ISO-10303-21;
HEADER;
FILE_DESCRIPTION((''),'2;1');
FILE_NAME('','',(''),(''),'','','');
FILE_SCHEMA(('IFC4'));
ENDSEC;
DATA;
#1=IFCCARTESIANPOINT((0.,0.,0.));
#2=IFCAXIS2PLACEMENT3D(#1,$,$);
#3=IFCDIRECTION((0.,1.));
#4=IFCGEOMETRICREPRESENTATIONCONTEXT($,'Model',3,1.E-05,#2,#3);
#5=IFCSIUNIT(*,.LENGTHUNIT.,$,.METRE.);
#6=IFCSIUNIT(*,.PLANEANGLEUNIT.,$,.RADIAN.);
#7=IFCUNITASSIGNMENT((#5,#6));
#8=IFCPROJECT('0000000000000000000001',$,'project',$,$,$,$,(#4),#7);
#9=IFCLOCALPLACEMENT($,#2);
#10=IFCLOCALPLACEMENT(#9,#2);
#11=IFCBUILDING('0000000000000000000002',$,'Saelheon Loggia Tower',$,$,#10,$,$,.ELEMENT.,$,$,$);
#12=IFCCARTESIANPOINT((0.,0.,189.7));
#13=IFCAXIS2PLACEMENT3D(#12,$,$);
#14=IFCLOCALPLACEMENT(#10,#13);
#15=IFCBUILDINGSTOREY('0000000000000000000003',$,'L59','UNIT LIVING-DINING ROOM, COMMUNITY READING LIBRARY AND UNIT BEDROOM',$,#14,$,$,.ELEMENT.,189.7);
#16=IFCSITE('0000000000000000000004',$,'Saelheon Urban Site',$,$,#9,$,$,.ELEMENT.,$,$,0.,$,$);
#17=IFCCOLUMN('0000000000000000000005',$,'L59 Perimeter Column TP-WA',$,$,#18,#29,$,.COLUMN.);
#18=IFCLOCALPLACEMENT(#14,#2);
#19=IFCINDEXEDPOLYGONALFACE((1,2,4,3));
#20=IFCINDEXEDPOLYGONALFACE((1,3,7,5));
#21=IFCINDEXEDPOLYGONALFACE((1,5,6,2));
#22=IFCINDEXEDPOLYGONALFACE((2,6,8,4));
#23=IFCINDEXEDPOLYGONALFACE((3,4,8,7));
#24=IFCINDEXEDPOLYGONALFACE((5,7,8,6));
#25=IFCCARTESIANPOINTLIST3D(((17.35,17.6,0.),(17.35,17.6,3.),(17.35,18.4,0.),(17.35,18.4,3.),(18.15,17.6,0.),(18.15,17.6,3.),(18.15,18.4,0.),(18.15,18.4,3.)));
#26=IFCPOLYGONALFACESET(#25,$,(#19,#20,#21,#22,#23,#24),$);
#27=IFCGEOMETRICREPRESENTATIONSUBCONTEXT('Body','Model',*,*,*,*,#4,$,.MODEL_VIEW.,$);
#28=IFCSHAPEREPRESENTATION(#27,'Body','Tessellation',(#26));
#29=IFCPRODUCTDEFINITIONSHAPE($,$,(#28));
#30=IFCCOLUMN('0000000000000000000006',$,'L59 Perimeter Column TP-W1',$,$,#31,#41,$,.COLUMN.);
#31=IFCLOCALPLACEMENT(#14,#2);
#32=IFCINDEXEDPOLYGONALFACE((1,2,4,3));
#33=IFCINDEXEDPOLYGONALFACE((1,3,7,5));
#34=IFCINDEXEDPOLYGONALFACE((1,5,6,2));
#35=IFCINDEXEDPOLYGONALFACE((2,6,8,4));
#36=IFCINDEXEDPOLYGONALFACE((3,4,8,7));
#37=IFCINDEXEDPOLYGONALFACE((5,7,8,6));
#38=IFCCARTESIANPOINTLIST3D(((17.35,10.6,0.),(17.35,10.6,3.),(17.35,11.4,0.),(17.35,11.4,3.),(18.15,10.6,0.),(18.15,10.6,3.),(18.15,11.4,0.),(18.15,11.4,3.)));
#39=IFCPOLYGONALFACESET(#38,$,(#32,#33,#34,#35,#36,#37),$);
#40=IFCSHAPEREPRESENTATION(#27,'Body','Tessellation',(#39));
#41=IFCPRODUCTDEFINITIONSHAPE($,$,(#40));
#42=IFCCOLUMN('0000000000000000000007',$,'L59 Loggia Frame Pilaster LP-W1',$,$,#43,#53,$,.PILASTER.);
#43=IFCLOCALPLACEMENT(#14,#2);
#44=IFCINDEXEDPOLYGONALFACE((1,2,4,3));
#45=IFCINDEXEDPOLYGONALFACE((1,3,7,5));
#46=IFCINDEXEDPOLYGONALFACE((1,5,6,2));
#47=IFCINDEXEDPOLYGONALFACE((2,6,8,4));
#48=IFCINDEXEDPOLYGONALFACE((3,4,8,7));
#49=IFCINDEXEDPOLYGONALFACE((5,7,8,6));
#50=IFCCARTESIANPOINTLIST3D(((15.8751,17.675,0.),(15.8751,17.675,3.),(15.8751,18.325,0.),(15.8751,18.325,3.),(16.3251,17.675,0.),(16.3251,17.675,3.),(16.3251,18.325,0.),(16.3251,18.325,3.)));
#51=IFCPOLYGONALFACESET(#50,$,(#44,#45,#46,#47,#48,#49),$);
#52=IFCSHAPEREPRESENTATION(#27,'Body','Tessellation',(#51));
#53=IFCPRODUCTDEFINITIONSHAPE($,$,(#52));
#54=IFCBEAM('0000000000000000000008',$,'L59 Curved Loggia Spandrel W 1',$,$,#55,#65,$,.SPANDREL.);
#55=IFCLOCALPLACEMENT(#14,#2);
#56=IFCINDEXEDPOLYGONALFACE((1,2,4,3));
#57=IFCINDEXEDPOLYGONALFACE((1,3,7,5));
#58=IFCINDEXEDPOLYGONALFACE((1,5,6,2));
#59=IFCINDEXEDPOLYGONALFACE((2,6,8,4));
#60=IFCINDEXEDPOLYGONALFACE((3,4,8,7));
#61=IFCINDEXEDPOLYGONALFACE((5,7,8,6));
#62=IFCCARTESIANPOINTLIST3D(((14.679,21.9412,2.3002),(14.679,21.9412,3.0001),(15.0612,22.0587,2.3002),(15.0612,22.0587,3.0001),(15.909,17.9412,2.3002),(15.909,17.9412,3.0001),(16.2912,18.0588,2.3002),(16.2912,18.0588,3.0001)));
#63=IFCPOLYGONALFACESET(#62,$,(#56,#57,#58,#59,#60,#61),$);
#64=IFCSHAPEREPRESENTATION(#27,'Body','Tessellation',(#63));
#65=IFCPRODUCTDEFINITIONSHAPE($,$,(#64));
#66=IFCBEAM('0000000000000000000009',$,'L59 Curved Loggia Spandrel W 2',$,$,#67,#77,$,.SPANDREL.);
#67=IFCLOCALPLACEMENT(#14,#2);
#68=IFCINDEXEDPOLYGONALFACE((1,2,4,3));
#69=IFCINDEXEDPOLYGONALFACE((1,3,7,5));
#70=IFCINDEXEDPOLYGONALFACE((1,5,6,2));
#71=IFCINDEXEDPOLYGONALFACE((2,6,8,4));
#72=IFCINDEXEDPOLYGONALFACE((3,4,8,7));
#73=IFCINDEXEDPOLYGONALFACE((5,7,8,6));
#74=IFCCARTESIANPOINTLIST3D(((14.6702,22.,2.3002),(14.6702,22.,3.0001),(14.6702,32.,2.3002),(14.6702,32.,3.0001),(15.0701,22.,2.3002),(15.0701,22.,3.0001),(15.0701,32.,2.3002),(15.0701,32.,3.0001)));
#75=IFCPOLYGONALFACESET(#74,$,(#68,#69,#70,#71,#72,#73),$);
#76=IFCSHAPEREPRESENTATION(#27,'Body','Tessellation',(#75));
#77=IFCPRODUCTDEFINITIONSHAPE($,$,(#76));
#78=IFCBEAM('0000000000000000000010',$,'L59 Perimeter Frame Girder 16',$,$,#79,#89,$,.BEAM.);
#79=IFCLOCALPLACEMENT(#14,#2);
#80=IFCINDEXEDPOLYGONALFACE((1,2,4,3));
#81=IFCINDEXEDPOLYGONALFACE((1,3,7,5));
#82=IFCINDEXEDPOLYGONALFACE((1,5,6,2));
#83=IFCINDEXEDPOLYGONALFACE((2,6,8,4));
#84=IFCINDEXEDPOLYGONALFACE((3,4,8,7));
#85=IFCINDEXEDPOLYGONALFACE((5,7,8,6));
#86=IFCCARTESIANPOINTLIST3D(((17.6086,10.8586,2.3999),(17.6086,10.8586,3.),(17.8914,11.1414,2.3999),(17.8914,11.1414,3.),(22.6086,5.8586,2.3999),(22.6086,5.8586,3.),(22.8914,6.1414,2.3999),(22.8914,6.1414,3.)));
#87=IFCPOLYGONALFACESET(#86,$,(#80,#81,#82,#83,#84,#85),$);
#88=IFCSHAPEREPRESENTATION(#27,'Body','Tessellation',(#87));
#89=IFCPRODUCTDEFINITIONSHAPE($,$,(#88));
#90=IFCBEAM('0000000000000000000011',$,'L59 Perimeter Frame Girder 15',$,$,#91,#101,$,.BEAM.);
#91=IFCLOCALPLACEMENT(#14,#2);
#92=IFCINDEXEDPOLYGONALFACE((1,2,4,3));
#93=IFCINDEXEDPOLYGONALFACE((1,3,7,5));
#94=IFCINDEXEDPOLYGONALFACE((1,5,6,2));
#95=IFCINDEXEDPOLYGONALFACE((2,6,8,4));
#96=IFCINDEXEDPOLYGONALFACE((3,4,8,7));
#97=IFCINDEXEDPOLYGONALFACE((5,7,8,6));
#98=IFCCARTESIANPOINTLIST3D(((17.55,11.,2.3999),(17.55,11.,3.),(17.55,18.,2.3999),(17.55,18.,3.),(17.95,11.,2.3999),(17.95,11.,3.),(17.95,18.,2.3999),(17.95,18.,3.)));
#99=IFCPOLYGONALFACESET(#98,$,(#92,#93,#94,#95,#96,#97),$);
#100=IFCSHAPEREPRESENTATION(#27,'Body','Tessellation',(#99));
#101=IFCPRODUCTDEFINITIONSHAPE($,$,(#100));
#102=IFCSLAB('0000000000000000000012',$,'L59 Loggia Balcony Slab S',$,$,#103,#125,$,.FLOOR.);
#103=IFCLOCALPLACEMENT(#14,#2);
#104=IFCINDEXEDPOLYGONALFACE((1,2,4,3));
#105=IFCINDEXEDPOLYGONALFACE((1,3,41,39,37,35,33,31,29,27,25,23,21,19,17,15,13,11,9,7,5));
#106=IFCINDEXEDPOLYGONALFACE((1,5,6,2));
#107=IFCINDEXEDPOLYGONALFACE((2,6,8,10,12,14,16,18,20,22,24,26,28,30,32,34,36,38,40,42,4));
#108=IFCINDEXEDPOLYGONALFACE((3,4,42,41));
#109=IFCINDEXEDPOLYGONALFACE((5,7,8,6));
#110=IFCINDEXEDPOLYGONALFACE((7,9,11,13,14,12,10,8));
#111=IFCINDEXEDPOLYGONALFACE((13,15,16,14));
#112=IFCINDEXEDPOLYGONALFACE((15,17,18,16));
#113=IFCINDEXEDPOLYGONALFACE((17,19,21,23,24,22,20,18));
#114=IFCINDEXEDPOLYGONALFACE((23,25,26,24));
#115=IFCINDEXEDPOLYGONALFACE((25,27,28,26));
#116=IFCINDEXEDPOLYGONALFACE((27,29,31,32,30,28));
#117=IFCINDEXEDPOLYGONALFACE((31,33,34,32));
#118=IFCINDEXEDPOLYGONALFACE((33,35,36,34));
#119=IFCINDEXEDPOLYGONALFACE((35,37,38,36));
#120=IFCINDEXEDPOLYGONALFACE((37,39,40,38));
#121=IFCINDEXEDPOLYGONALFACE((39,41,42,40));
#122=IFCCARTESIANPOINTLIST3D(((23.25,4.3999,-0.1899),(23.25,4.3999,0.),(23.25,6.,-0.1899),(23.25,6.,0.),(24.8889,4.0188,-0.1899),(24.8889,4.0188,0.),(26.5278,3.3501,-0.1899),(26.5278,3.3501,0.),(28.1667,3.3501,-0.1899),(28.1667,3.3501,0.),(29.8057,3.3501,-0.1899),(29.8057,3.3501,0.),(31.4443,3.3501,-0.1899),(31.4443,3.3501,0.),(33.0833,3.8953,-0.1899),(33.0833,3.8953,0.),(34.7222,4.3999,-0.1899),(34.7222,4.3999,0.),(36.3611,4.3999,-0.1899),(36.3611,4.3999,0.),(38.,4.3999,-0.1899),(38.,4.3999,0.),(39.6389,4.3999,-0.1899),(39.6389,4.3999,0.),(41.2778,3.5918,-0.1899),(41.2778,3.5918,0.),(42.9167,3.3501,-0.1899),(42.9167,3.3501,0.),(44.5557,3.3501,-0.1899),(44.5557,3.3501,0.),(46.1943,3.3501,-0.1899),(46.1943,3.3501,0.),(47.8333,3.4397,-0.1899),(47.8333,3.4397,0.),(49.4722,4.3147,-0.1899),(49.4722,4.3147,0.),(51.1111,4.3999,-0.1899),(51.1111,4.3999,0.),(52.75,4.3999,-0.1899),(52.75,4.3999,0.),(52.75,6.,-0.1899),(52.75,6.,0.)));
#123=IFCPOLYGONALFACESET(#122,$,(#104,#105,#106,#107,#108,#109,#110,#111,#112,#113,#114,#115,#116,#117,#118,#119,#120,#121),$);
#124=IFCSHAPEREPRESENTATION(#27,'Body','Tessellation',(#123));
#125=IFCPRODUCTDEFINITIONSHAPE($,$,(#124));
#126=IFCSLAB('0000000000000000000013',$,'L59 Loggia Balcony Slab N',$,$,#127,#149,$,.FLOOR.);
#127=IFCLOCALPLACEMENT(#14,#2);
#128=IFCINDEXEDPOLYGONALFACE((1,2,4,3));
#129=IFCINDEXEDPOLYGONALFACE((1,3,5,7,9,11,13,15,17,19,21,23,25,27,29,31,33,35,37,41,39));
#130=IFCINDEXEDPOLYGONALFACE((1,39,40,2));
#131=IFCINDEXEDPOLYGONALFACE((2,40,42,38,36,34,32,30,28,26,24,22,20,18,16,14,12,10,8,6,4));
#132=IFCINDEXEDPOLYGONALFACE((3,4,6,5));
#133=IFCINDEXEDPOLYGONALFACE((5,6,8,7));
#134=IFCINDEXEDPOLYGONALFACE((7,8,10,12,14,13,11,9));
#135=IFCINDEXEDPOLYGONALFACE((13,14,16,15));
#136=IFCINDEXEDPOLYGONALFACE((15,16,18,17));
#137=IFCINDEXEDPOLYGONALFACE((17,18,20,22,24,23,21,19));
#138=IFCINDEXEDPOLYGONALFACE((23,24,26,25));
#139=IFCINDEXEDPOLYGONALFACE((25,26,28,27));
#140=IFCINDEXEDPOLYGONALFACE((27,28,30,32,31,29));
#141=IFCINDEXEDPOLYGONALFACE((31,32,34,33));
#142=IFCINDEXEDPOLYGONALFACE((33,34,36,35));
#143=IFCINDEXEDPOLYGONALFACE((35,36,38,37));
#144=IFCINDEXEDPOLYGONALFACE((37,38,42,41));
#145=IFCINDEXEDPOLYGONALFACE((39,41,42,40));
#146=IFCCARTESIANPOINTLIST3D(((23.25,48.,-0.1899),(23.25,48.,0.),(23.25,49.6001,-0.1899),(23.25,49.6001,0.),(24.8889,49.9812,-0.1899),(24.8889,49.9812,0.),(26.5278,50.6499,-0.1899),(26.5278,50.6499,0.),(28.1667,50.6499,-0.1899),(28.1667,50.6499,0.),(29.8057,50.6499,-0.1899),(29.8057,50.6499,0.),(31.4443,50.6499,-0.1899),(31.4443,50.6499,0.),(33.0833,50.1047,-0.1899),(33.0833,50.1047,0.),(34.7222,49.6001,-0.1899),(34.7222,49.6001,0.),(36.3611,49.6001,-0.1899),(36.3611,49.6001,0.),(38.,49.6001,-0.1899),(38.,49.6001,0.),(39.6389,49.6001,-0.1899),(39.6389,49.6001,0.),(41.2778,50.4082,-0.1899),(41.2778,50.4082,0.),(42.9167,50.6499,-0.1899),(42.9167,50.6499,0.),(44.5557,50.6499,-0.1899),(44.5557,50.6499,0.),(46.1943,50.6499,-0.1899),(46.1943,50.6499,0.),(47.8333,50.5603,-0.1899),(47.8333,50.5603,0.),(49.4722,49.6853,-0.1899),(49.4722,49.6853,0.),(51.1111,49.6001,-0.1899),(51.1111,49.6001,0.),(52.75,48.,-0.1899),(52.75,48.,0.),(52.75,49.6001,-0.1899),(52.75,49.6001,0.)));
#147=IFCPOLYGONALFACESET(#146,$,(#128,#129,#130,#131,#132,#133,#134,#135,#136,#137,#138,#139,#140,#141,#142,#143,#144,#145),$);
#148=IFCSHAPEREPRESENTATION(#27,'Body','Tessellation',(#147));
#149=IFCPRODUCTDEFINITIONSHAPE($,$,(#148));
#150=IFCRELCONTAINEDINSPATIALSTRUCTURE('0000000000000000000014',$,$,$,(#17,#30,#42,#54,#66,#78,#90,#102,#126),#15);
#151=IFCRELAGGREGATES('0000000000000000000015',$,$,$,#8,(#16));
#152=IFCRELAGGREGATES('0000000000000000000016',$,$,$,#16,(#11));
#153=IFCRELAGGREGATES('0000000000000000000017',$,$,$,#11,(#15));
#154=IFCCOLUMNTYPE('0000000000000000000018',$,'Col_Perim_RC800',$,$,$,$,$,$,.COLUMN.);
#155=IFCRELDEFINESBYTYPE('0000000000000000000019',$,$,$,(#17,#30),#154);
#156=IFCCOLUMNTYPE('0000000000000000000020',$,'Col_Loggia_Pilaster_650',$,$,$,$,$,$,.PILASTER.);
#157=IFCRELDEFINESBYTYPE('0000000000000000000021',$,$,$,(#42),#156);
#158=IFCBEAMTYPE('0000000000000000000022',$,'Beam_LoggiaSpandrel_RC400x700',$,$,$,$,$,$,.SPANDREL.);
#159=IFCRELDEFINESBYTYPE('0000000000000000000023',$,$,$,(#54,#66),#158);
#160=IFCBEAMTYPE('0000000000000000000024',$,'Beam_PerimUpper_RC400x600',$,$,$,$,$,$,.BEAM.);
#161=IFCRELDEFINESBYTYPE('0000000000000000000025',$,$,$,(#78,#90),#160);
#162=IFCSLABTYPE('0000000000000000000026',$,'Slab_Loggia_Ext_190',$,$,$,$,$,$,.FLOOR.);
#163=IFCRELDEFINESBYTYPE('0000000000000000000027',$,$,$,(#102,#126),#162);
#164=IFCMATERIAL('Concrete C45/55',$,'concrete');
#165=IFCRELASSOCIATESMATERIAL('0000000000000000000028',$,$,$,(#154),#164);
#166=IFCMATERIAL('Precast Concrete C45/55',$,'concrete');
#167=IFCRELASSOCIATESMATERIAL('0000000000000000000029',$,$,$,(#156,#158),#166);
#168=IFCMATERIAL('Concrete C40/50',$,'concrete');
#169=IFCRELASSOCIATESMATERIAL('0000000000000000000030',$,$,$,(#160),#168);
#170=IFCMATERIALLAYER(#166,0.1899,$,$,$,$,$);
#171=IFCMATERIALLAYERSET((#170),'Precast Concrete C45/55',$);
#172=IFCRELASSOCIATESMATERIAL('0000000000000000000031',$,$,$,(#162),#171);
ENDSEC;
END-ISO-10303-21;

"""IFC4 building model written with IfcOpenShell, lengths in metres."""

from ifc_helpers import new_model, si_unit, direction, frame, origin, origin_2d, place, context, subcontext, project, spatial, polyline, rectangle, outline, extrude, source, transform, mapped, material, layer, layer_set, material_profile, profile_set, type_object, element, save


model = new_model("IFC4")

# Units and contexts
model_context = context("Model", 3, precision=1e-05, world=origin(), true_north=direction((0.0, 1.0)))
body_context = subcontext(model_context, "Body", "Model", "MODEL_VIEW")
ifc_project = project(units=[si_unit("LENGTHUNIT", "METRE"), si_unit("PLANEANGLEUNIT", "RADIAN")], contexts=[model_context])

# Site, building, storey
site_placement = place(None, origin())
site = spatial("IfcSite", under=ifc_project, at=site_placement, Name="Saelheon Urban Site", CompositionType="ELEMENT", RefElevation=0.0)
building_placement = place(site_placement, origin())
building = spatial("IfcBuilding", under=site, at=building_placement, Name="Saelheon Loggia Tower", CompositionType="ELEMENT")
storey_placement = place(building_placement, frame((0.0, 0.0, 189.7)))
storey = spatial("IfcBuildingStorey", under=building, at=storey_placement, Name="L59", Description="UNIT LIVING-DINING ROOM, COMMUNITY READING LIBRARY AND UNIT BEDROOM", CompositionType="ELEMENT", Elevation=189.7)

# Columns
ifc_material_1 = material(Name="Concrete C45/55", Category="concrete")
ifc_material_profile_1 = material_profile(ifc_material_1, rectangle(XDim=0.8, YDim=0.8, at=origin_2d()), Name="RC-800x800")
ifc_profile_set_1 = profile_set([ifc_material_profile_1], Name="Concrete C45/55")
column_type_1 = type_object("IfcColumnType", Name="Col_Perim_RC800", PredefinedType="COLUMN", material=ifc_profile_set_1)
shared_shape_1 = source(origin(), body_context, "Body", "SweptSolid", [
    extrude(rectangle(XDim=0.8, YDim=0.8, at=origin_2d()), origin(), (0.0, 0.0, 1.0), 3.0),
])
for number, where, z_axis, x_axis, name in (
    (1, (17.75, 18.0, 0.0), (0.0, 0.0, 1.0), (1.0, 0.0, 0.0), "L59 Perimeter Column TP-WA"),
    (2, (17.75, 11.0, 0.0), (0.0, 0.0, 1.0), (1.0, 0.0, 0.0), "L59 Perimeter Column TP-W1"),
):
    element("IfcColumn", number, at=place(storey_placement, frame(where, z_axis=z_axis, x_axis=x_axis)), inside=storey, type_object=column_type_1, Name=name, PredefinedType="COLUMN", context=body_context, shape_type="MappedRepresentation", body=[
        mapped(shared_shape_1, transform((0.0, 0.0, 0.0), scale=1.0)),
    ])
ifc_material_2 = material(Name="Precast Concrete C45/55", Category="concrete")
ifc_material_profile_2 = material_profile(ifc_material_2, rectangle(XDim=0.45, YDim=0.6499, at=origin_2d()), Name="RC-450x650")
ifc_profile_set_2 = profile_set([ifc_material_profile_2], Name="Precast Concrete C45/55")
column_type_2 = type_object("IfcColumnType", Name="Col_Loggia_Pilaster_650", PredefinedType="PILASTER", material=ifc_profile_set_2)
shared_shape_2 = source(origin(), body_context, "Body", "SweptSolid", [
    extrude(rectangle(XDim=0.45, YDim=0.6499, at=origin_2d()), origin(), (0.0, 0.0, 1.0), 3.0),
])
column_placement = place(storey_placement, frame((16.1001, 18.0, 0.0), z_axis=(0.0, 0.0, 1.0), x_axis=(1.0, 0.0, 0.0)))
element("IfcColumn", 3, at=column_placement, inside=storey, type_object=column_type_2, Name="L59 Loggia Frame Pilaster LP-W1", PredefinedType="PILASTER", context=body_context, shape_type="MappedRepresentation", body=[
    mapped(shared_shape_2, transform((0.0, 0.0, 0.0), scale=1.0)),
])

# Beams
ifc_material_profile_3 = material_profile(ifc_material_2, rectangle(XDim=0.3999, YDim=0.7, at=origin_2d()), Name="RC-400x700")
ifc_profile_set_3 = profile_set([ifc_material_profile_3], Name="Precast Concrete C45/55")
beam_type_1 = type_object("IfcBeamType", Name="Beam_LoggiaSpandrel_RC400x700", PredefinedType="SPANDREL", material=ifc_profile_set_3)
shared_shape_3 = source(origin(), body_context, "Body", "SweptSolid", [
    extrude(rectangle(XDim=0.3999, YDim=0.7, at=origin_2d()), origin(), (0.0, 0.0, 1.0), 4.1848),
])
beam_1_placement = place(storey_placement, frame((16.1001, 18.0, 2.6501), z_axis=(-0.293914, 0.955832, 0.0), x_axis=(-0.955832, -0.293914, 0.0)))
element("IfcBeam", 4, at=beam_1_placement, inside=storey, type_object=beam_type_1, Name="L59 Curved Loggia Spandrel W 1", PredefinedType="SPANDREL", context=body_context, shape_type="MappedRepresentation", body=[
    mapped(shared_shape_3, transform((0.0, 0.0, 0.0), scale=1.0)),
])
shared_shape_4 = source(origin(), body_context, "Body", "SweptSolid", [
    extrude(rectangle(XDim=0.3999, YDim=0.7, at=origin_2d()), origin(), (0.0, 0.0, 1.0), 10.0),
])
beam_2_placement = place(storey_placement, frame((14.8701, 22.0, 2.6501), z_axis=(0.0, 1.0, 0.0), x_axis=(-1.0, 0.0, 0.0)))
element("IfcBeam", 5, at=beam_2_placement, inside=storey, type_object=beam_type_1, Name="L59 Curved Loggia Spandrel W 2", PredefinedType="SPANDREL", context=body_context, shape_type="MappedRepresentation", body=[
    mapped(shared_shape_4, transform((0.0, 0.0, 0.0), scale=1.0)),
])
ifc_material_3 = material(Name="Concrete C40/50", Category="concrete")
ifc_material_profile_4 = material_profile(ifc_material_3, rectangle(XDim=0.3999, YDim=0.6001, at=origin_2d()), Name="RC-400x600")
ifc_profile_set_4 = profile_set([ifc_material_profile_4], Name="Concrete C40/50")
beam_type_2 = type_object("IfcBeamType", Name="Beam_PerimUpper_RC400x600", PredefinedType="BEAM", material=ifc_profile_set_4)
shared_shape_5 = source(origin(), body_context, "Body", "SweptSolid", [
    extrude(rectangle(XDim=0.3999, YDim=0.6001, at=origin_2d()), origin(), (0.0, 0.0, 1.0), 7.071),
])
beam_3_placement = place(storey_placement, frame((17.75, 11.0, 2.7), z_axis=(0.707107, -0.707107, 0.0), x_axis=(0.707107, 0.707107, 0.0)))
element("IfcBeam", 6, at=beam_3_placement, inside=storey, type_object=beam_type_2, Name="L59 Perimeter Frame Girder 16", PredefinedType="BEAM", context=body_context, shape_type="MappedRepresentation", body=[
    mapped(shared_shape_5, transform((0.0, 0.0, 0.0), scale=1.0)),
])
shared_shape_6 = source(origin(), body_context, "Body", "SweptSolid", [
    extrude(rectangle(XDim=0.3999, YDim=0.6001, at=origin_2d()), origin(), (0.0, 0.0, 1.0), 7.0),
])
beam_4_placement = place(storey_placement, frame((17.75, 18.0, 2.7), z_axis=(0.0, -1.0, 0.0), x_axis=(1.0, 0.0, 0.0)))
element("IfcBeam", 7, at=beam_4_placement, inside=storey, type_object=beam_type_2, Name="L59 Perimeter Frame Girder 15", PredefinedType="BEAM", context=body_context, shape_type="MappedRepresentation", body=[
    mapped(shared_shape_6, transform((0.0, 0.0, 0.0), scale=1.0)),
])

# Slabs
ifc_layer_1 = layer(ifc_material_2, 0.1899)
ifc_layer_set_1 = layer_set([ifc_layer_1], Name="Precast Concrete C45/55")
slab_type_1 = type_object("IfcSlabType", Name="Slab_Loggia_Ext_190", PredefinedType="FLOOR", material=ifc_layer_set_1)
slab_1_placement = place(storey_placement, frame((0.0, 0.0, -0.1899)))
element("IfcSlab", 8, at=slab_1_placement, inside=storey, type_object=slab_type_1, Name="L59 Loggia Balcony Slab S", PredefinedType="FLOOR", context=body_context, shape_type="SweptSolid", body=[
    extrude(outline(polyline([(23.25, 4.3999), (24.8889, 4.0188), (26.5278, 3.3501), (28.1667, 3.3501), (29.8057, 3.3501), (31.4443, 3.3501), (33.0833, 3.8953), (34.7222, 4.3999), (36.3611, 4.3999), (38.0, 4.3999), (39.6389, 4.3999), (41.2778, 3.5918), (42.9167, 3.3501), (44.5557, 3.3501), (46.1943, 3.3501), (47.8333, 3.4397), (49.4722, 4.3147), (51.1111, 4.3999), (52.75, 4.3999), (52.75, 6.0), (23.25, 6.0), (23.25, 4.3999)])), origin(), (0.0, 0.0, 1.0), 0.1899),
])
slab_2_placement = place(storey_placement, frame((0.0, 0.0, -0.1899)))
element("IfcSlab", 9, at=slab_2_placement, inside=storey, type_object=slab_type_1, Name="L59 Loggia Balcony Slab N", PredefinedType="FLOOR", context=body_context, shape_type="SweptSolid", body=[
    extrude(outline(polyline([(23.25, 48.0), (52.75, 48.0), (52.75, 49.6001), (51.1111, 49.6001), (49.4722, 49.6853), (47.8333, 50.5603), (46.1943, 50.6499), (44.5557, 50.6499), (42.9167, 50.6499), (41.2778, 50.4082), (39.6389, 49.6001), (38.0, 49.6001), (36.3611, 49.6001), (34.7222, 49.6001), (33.0833, 50.1047), (31.4443, 50.6499), (29.8057, 50.6499), (28.1667, 50.6499), (26.5278, 50.6499), (24.8889, 49.9812), (23.25, 49.6001), (23.25, 48.0)])), origin(), (0.0, 0.0, 1.0), 0.1899),
])

save(model, "model.ifc")
